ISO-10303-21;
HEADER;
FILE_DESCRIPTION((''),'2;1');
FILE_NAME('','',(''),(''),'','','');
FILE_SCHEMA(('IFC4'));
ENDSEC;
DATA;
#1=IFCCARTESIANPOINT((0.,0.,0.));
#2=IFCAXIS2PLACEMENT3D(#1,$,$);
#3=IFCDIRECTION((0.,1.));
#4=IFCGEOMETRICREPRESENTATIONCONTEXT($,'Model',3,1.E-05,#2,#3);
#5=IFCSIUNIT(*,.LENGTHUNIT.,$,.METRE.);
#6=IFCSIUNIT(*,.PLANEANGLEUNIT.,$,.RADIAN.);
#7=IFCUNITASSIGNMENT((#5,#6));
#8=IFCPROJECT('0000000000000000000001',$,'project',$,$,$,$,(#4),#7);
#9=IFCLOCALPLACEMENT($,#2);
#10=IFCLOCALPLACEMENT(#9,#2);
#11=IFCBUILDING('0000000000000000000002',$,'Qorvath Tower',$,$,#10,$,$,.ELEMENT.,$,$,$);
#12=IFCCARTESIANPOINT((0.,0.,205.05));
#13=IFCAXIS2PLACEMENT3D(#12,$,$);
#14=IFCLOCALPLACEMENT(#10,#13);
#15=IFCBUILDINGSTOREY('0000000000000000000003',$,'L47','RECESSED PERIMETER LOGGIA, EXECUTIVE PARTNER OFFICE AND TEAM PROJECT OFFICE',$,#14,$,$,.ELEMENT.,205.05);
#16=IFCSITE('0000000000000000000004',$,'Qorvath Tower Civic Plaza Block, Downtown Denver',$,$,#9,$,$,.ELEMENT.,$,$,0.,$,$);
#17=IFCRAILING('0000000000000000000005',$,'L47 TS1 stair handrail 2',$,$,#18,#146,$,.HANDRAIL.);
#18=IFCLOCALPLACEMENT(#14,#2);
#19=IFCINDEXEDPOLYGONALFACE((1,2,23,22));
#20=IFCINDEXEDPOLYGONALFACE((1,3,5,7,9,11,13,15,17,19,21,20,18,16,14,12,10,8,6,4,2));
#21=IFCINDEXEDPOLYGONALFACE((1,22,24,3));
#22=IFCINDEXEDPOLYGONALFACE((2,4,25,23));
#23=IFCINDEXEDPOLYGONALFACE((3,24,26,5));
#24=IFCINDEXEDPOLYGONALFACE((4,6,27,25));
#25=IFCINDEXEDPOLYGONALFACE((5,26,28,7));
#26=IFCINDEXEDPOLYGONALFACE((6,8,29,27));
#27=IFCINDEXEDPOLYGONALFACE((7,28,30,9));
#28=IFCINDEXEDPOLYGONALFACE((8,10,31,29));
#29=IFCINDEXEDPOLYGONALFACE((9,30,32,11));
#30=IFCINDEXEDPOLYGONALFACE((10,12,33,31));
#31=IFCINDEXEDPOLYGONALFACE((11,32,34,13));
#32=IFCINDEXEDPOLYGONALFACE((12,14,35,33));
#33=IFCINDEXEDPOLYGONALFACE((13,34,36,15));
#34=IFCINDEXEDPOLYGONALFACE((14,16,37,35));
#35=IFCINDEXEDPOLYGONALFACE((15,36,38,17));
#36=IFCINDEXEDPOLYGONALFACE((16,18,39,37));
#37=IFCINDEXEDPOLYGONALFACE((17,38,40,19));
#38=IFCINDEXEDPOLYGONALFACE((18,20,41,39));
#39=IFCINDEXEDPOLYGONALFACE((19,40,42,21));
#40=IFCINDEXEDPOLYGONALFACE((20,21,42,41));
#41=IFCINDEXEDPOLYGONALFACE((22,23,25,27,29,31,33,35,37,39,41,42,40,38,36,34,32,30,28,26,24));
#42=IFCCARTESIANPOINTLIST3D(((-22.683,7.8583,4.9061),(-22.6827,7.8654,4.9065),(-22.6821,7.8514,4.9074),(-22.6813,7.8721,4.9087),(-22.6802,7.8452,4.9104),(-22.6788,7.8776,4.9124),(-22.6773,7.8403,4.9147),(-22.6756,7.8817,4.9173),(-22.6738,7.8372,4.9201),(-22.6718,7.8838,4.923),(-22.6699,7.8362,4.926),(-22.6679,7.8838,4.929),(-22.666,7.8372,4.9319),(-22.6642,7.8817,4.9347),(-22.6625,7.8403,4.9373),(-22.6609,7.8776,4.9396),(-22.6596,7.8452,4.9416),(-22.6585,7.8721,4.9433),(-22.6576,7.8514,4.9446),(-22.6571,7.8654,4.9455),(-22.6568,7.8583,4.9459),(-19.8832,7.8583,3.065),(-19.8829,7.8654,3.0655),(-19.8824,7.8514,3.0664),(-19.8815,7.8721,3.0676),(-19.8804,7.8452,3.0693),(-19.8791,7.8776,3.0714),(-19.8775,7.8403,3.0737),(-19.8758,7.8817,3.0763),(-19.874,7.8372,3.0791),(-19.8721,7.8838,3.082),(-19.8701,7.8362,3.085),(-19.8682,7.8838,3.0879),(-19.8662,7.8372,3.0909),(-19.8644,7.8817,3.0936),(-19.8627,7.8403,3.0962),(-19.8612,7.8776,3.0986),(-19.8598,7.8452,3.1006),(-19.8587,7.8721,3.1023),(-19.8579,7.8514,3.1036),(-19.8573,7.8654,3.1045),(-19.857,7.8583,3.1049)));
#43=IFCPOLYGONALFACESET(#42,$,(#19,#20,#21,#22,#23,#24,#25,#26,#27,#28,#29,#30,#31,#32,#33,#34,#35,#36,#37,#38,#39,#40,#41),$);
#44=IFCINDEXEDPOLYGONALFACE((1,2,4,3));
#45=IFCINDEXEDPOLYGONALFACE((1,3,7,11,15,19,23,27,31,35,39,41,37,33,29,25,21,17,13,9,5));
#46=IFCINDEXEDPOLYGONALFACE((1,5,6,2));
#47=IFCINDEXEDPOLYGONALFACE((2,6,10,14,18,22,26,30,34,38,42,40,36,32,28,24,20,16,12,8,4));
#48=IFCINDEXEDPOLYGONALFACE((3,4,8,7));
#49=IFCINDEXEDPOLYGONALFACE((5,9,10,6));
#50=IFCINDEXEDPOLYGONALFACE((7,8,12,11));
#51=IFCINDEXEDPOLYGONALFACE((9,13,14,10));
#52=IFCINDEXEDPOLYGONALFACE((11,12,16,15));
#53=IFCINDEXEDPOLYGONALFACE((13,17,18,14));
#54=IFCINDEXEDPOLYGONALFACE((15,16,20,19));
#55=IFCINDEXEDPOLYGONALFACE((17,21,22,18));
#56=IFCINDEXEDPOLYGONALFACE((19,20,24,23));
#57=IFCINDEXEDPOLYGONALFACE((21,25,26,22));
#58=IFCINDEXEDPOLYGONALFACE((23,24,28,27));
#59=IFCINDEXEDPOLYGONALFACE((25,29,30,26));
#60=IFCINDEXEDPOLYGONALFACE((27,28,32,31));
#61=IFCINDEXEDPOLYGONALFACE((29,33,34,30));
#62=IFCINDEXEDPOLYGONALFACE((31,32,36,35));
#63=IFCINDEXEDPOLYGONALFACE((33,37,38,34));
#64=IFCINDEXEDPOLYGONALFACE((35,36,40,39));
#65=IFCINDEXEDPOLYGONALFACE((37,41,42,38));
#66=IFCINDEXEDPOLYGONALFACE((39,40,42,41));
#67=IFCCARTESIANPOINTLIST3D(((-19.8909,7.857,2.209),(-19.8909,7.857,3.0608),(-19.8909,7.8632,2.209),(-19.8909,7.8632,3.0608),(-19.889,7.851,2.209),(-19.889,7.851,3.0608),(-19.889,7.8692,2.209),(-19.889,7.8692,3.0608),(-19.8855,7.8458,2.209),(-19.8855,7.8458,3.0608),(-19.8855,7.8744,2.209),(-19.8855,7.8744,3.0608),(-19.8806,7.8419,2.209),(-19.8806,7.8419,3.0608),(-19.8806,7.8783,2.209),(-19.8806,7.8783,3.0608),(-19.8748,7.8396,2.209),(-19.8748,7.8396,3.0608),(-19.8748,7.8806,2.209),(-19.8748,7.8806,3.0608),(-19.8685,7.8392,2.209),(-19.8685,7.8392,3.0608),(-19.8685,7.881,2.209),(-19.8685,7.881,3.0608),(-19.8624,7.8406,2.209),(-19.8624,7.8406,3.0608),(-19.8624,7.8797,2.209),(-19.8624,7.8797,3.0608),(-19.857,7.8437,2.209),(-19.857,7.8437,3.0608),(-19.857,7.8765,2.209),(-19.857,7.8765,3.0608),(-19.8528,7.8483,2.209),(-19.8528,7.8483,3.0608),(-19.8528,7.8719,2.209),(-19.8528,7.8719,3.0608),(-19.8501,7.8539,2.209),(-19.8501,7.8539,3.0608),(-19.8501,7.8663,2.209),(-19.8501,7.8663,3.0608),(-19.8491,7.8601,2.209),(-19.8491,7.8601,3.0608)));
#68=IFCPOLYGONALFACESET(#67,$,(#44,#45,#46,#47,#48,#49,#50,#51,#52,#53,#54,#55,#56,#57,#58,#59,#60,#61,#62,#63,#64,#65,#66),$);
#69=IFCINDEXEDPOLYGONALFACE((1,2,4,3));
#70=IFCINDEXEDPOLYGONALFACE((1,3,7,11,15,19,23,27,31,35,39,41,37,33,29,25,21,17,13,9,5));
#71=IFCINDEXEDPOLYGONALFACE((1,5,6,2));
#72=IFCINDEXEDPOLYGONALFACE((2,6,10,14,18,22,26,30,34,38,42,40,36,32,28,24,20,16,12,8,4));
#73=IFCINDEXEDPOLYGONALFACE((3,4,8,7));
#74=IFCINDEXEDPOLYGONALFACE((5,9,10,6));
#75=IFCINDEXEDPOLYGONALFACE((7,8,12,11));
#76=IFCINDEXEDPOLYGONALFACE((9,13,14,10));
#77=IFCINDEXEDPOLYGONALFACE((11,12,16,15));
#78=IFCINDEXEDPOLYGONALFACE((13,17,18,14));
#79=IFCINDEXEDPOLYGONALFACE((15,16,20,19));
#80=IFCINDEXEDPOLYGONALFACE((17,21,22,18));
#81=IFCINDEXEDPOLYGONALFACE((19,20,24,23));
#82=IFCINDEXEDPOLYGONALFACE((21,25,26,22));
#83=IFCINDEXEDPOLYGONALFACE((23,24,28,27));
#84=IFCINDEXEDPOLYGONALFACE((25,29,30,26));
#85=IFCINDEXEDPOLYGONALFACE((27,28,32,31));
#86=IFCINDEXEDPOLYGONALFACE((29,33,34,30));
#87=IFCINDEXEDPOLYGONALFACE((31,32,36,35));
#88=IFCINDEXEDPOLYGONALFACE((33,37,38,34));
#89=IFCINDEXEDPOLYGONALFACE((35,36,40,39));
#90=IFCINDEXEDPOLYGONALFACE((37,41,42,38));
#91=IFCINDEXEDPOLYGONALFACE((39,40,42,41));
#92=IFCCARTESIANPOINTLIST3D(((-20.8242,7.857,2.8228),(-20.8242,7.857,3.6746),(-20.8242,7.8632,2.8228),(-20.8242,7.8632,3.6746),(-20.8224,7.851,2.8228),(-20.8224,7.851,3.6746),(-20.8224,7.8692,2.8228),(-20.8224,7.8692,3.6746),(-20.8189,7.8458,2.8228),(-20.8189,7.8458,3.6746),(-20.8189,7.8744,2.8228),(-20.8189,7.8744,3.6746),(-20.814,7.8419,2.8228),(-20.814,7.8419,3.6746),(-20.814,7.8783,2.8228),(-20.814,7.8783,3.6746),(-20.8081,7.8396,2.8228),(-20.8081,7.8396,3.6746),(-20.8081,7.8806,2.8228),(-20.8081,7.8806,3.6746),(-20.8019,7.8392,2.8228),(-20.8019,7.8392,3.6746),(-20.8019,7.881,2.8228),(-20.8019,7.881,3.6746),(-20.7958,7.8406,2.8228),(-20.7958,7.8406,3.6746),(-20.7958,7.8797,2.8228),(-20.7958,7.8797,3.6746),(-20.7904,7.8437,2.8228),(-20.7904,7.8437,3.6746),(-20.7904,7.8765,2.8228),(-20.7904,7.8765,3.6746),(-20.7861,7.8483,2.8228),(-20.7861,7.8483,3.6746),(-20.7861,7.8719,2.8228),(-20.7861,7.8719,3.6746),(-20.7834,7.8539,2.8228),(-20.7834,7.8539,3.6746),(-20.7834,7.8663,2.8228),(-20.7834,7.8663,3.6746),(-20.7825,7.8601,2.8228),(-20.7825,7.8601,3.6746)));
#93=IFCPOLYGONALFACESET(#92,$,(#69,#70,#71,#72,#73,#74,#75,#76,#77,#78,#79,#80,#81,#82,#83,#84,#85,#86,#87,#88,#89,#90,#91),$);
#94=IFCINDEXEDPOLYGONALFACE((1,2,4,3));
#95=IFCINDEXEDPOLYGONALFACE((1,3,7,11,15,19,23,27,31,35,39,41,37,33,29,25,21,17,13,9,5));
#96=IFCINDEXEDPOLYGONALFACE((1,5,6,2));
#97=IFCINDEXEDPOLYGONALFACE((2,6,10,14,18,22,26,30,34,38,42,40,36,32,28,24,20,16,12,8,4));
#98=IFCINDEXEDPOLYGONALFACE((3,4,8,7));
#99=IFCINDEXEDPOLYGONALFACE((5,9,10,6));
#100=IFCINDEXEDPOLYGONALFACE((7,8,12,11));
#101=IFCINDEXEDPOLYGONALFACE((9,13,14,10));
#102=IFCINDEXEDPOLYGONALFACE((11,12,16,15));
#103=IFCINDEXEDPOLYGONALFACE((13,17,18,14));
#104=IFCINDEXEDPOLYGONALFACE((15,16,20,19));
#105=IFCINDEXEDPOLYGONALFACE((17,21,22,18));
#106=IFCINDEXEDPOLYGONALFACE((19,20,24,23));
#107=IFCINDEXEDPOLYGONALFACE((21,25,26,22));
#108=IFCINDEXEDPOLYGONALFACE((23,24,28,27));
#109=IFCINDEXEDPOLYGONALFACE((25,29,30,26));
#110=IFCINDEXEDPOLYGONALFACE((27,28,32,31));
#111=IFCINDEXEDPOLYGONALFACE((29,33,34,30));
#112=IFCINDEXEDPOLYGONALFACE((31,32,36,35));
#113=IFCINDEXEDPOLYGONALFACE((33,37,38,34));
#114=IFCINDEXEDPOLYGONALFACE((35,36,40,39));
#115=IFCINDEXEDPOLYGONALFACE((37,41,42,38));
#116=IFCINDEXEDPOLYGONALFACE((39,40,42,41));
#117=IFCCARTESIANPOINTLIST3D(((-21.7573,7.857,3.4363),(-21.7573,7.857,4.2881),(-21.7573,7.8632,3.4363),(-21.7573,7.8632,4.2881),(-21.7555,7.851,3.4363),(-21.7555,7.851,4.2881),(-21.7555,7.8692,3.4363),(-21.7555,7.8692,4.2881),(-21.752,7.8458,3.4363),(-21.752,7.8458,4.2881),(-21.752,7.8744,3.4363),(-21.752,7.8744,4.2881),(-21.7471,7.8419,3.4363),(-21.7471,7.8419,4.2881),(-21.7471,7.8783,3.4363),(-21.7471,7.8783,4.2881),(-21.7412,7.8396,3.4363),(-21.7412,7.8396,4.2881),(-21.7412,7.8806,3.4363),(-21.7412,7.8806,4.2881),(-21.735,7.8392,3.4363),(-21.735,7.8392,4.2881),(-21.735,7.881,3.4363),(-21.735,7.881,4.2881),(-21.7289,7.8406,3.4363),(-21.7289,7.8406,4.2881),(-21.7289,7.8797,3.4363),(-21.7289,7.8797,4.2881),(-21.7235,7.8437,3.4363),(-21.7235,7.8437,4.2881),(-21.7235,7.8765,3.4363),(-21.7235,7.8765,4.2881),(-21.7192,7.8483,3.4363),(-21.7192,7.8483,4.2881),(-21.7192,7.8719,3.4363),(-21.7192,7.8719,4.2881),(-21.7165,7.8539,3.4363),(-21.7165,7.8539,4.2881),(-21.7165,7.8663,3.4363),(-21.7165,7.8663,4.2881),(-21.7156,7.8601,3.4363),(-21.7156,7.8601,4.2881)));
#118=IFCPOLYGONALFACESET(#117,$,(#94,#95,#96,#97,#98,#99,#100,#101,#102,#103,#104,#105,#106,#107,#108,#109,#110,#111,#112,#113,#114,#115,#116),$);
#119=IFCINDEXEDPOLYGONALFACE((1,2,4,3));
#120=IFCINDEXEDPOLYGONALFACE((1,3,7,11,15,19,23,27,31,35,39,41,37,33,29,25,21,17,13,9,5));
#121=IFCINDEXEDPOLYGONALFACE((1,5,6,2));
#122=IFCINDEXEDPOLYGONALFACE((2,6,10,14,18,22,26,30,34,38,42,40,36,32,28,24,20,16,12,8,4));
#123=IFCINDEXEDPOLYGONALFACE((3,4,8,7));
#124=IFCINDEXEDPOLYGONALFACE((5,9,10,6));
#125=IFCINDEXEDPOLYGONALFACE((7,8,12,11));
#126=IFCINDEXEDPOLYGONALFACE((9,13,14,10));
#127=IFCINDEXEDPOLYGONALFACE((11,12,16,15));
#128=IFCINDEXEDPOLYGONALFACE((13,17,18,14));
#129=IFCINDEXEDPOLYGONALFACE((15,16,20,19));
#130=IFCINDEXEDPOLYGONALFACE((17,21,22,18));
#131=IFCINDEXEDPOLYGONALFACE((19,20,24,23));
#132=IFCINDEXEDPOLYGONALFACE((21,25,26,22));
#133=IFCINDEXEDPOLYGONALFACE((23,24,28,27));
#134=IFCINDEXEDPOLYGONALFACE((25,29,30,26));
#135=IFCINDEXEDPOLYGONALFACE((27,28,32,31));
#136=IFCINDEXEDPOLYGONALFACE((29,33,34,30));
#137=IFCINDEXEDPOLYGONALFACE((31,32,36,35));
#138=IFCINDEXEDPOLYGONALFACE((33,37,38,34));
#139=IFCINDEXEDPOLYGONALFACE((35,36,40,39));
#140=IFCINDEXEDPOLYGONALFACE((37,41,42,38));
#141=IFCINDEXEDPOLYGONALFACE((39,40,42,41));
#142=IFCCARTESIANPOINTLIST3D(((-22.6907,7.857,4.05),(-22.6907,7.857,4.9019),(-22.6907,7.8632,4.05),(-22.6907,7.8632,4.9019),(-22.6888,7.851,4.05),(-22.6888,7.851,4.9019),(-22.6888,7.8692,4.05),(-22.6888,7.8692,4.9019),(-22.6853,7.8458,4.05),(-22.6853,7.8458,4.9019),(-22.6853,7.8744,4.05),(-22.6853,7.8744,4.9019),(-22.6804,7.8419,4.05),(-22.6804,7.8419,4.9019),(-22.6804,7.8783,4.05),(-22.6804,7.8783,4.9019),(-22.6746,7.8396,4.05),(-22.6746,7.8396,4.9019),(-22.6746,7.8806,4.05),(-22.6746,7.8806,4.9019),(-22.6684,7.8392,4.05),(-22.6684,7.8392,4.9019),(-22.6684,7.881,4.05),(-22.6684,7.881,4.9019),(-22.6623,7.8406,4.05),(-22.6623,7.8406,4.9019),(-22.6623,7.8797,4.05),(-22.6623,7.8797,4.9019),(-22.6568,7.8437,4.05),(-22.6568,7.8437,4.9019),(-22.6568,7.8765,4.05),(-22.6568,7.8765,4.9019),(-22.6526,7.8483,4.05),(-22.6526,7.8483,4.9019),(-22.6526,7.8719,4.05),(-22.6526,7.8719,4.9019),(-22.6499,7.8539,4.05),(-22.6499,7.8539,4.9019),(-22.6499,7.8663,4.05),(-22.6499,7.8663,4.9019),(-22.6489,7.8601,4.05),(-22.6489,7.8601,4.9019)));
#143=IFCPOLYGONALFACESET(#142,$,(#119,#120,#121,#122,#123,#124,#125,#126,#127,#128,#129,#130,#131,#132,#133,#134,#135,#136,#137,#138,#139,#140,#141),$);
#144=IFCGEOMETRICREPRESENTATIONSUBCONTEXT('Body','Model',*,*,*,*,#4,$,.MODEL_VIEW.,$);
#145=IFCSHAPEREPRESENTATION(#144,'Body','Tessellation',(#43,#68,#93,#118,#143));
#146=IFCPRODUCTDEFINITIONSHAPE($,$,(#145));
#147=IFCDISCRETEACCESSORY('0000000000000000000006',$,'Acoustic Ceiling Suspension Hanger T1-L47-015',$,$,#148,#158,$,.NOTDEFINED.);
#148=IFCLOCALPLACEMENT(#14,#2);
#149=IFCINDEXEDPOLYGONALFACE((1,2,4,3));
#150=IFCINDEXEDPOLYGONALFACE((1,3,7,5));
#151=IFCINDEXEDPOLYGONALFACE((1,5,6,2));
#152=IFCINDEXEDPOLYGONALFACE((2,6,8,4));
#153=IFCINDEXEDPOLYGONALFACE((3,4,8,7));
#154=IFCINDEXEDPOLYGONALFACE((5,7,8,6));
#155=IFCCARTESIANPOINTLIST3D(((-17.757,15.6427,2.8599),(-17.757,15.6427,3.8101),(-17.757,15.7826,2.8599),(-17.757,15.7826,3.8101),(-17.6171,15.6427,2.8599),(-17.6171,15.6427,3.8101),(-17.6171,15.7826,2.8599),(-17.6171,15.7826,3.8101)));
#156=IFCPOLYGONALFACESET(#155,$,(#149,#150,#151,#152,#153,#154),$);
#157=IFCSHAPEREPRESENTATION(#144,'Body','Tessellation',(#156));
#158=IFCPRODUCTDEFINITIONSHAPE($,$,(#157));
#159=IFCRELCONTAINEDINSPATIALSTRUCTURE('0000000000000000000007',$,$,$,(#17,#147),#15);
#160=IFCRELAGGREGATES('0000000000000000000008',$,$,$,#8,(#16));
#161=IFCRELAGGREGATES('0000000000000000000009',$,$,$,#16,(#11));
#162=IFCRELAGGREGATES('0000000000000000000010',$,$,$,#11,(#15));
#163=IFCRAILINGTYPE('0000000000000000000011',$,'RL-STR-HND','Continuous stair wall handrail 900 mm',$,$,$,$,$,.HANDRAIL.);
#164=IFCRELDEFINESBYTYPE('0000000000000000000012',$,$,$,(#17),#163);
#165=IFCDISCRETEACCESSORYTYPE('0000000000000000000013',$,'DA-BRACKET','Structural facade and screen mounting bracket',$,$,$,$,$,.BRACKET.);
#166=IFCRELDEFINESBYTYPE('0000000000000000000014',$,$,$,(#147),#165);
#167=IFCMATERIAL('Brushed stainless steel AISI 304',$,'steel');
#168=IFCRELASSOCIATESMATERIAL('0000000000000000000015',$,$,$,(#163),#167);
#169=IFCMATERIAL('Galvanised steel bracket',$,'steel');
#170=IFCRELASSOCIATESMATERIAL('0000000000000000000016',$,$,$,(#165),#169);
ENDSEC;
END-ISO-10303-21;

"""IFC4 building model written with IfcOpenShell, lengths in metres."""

from ifc_helpers import new_model, si_unit, direction, frame, origin, origin_2d, place, context, subcontext, project, spatial, rectangle, circle, extrude, material, type_object, element, save


model = new_model("IFC4")

# Units and contexts
model_context = context("Model", 3, precision=1e-05, world=origin(), true_north=direction((0.0, 1.0)))
body_context = subcontext(model_context, "Body", "Model", "MODEL_VIEW")
ifc_project = project(units=[si_unit("LENGTHUNIT", "METRE"), si_unit("PLANEANGLEUNIT", "RADIAN")], contexts=[model_context])

# Site, building, storey
site_placement = place(None, origin())
site = spatial("IfcSite", under=ifc_project, at=site_placement, Name="Qorvath Tower Civic Plaza Block, Downtown Denver", CompositionType="ELEMENT", RefElevation=0.0)
building_placement = place(site_placement, origin())
building = spatial("IfcBuilding", under=site, at=building_placement, Name="Qorvath Tower", CompositionType="ELEMENT")
storey_placement = place(building_placement, frame((0.0, 0.0, 205.05)))
storey = spatial("IfcBuildingStorey", under=building, at=storey_placement, Name="L47", Description="RECESSED PERIMETER LOGGIA, EXECUTIVE PARTNER OFFICE AND TEAM PROJECT OFFICE", CompositionType="ELEMENT", Elevation=205.05)

# Railing
ifc_material_1 = material(Name="Brushed stainless steel AISI 304", Category="steel")
railing_type_1 = type_object("IfcRailingType", Name="RL-STR-HND", Description="Continuous stair wall handrail 900 mm", PredefinedType="HANDRAIL", material=ifc_material_1)
railing_1_placement = place(storey_placement, frame((-19.8701, 7.8601, 2.209)))
element("IfcRailing", 1, at=railing_1_placement, inside=storey, type_object=railing_type_1, Name="L47 TS1 stair handrail 2", PredefinedType="HANDRAIL", context=body_context, shape_type="SweptSolid", body=[
    extrude(circle(Radius=0.0239, at=origin_2d()), frame((0.0, 0.0, 0.876), z_axis=(-0.835542, 0.0, 0.549426), x_axis=(0.0, -1.0, 0.0)), (0.0, 0.0, 1.0), 3.3508),
    extrude(circle(Radius=0.021, at=origin_2d()), origin(), (0.0, 0.0, 1.0), 0.8518),
    extrude(circle(Radius=0.021, at=origin_2d()), frame((-0.9333, 0.0, 0.6138)), (0.0, 0.0, 1.0), 0.8518),
    extrude(circle(Radius=0.021, at=origin_2d()), frame((-1.8665, 0.0, 1.2273)), (0.0, 0.0, 1.0), 0.8518),
    extrude(circle(Radius=0.021, at=origin_2d()), frame((-2.7998, 0.0, 1.8411)), (0.0, 0.0, 1.0), 0.8518),
])

# Discrete accessory
ifc_material_2 = material(Name="Galvanised steel bracket", Category="steel")
discrete_accessory_type = type_object("IfcDiscreteAccessoryType", Name="DA-BRACKET", Description="Structural facade and screen mounting bracket", PredefinedType="BRACKET", material=ifc_material_2)
discrete_accessory_placement = place(storey_placement, frame((-17.687, 15.7126, 2.8599), z_axis=(0.0, 0.0, 1.0), x_axis=(1.0, 0.0, 0.0)))
element("IfcDiscreteAccessory", 2, at=discrete_accessory_placement, inside=storey, type_object=discrete_accessory_type, Name="Acoustic Ceiling Suspension Hanger T1-L47-015", PredefinedType="NOTDEFINED", context=body_context, shape_type="SweptSolid", body=[
    extrude(rectangle(XDim=0.1399, YDim=0.1399, at=origin_2d()), origin(), (0.0, 0.0, 1.0), 0.9502),
])

save(model, "model.ifc")
